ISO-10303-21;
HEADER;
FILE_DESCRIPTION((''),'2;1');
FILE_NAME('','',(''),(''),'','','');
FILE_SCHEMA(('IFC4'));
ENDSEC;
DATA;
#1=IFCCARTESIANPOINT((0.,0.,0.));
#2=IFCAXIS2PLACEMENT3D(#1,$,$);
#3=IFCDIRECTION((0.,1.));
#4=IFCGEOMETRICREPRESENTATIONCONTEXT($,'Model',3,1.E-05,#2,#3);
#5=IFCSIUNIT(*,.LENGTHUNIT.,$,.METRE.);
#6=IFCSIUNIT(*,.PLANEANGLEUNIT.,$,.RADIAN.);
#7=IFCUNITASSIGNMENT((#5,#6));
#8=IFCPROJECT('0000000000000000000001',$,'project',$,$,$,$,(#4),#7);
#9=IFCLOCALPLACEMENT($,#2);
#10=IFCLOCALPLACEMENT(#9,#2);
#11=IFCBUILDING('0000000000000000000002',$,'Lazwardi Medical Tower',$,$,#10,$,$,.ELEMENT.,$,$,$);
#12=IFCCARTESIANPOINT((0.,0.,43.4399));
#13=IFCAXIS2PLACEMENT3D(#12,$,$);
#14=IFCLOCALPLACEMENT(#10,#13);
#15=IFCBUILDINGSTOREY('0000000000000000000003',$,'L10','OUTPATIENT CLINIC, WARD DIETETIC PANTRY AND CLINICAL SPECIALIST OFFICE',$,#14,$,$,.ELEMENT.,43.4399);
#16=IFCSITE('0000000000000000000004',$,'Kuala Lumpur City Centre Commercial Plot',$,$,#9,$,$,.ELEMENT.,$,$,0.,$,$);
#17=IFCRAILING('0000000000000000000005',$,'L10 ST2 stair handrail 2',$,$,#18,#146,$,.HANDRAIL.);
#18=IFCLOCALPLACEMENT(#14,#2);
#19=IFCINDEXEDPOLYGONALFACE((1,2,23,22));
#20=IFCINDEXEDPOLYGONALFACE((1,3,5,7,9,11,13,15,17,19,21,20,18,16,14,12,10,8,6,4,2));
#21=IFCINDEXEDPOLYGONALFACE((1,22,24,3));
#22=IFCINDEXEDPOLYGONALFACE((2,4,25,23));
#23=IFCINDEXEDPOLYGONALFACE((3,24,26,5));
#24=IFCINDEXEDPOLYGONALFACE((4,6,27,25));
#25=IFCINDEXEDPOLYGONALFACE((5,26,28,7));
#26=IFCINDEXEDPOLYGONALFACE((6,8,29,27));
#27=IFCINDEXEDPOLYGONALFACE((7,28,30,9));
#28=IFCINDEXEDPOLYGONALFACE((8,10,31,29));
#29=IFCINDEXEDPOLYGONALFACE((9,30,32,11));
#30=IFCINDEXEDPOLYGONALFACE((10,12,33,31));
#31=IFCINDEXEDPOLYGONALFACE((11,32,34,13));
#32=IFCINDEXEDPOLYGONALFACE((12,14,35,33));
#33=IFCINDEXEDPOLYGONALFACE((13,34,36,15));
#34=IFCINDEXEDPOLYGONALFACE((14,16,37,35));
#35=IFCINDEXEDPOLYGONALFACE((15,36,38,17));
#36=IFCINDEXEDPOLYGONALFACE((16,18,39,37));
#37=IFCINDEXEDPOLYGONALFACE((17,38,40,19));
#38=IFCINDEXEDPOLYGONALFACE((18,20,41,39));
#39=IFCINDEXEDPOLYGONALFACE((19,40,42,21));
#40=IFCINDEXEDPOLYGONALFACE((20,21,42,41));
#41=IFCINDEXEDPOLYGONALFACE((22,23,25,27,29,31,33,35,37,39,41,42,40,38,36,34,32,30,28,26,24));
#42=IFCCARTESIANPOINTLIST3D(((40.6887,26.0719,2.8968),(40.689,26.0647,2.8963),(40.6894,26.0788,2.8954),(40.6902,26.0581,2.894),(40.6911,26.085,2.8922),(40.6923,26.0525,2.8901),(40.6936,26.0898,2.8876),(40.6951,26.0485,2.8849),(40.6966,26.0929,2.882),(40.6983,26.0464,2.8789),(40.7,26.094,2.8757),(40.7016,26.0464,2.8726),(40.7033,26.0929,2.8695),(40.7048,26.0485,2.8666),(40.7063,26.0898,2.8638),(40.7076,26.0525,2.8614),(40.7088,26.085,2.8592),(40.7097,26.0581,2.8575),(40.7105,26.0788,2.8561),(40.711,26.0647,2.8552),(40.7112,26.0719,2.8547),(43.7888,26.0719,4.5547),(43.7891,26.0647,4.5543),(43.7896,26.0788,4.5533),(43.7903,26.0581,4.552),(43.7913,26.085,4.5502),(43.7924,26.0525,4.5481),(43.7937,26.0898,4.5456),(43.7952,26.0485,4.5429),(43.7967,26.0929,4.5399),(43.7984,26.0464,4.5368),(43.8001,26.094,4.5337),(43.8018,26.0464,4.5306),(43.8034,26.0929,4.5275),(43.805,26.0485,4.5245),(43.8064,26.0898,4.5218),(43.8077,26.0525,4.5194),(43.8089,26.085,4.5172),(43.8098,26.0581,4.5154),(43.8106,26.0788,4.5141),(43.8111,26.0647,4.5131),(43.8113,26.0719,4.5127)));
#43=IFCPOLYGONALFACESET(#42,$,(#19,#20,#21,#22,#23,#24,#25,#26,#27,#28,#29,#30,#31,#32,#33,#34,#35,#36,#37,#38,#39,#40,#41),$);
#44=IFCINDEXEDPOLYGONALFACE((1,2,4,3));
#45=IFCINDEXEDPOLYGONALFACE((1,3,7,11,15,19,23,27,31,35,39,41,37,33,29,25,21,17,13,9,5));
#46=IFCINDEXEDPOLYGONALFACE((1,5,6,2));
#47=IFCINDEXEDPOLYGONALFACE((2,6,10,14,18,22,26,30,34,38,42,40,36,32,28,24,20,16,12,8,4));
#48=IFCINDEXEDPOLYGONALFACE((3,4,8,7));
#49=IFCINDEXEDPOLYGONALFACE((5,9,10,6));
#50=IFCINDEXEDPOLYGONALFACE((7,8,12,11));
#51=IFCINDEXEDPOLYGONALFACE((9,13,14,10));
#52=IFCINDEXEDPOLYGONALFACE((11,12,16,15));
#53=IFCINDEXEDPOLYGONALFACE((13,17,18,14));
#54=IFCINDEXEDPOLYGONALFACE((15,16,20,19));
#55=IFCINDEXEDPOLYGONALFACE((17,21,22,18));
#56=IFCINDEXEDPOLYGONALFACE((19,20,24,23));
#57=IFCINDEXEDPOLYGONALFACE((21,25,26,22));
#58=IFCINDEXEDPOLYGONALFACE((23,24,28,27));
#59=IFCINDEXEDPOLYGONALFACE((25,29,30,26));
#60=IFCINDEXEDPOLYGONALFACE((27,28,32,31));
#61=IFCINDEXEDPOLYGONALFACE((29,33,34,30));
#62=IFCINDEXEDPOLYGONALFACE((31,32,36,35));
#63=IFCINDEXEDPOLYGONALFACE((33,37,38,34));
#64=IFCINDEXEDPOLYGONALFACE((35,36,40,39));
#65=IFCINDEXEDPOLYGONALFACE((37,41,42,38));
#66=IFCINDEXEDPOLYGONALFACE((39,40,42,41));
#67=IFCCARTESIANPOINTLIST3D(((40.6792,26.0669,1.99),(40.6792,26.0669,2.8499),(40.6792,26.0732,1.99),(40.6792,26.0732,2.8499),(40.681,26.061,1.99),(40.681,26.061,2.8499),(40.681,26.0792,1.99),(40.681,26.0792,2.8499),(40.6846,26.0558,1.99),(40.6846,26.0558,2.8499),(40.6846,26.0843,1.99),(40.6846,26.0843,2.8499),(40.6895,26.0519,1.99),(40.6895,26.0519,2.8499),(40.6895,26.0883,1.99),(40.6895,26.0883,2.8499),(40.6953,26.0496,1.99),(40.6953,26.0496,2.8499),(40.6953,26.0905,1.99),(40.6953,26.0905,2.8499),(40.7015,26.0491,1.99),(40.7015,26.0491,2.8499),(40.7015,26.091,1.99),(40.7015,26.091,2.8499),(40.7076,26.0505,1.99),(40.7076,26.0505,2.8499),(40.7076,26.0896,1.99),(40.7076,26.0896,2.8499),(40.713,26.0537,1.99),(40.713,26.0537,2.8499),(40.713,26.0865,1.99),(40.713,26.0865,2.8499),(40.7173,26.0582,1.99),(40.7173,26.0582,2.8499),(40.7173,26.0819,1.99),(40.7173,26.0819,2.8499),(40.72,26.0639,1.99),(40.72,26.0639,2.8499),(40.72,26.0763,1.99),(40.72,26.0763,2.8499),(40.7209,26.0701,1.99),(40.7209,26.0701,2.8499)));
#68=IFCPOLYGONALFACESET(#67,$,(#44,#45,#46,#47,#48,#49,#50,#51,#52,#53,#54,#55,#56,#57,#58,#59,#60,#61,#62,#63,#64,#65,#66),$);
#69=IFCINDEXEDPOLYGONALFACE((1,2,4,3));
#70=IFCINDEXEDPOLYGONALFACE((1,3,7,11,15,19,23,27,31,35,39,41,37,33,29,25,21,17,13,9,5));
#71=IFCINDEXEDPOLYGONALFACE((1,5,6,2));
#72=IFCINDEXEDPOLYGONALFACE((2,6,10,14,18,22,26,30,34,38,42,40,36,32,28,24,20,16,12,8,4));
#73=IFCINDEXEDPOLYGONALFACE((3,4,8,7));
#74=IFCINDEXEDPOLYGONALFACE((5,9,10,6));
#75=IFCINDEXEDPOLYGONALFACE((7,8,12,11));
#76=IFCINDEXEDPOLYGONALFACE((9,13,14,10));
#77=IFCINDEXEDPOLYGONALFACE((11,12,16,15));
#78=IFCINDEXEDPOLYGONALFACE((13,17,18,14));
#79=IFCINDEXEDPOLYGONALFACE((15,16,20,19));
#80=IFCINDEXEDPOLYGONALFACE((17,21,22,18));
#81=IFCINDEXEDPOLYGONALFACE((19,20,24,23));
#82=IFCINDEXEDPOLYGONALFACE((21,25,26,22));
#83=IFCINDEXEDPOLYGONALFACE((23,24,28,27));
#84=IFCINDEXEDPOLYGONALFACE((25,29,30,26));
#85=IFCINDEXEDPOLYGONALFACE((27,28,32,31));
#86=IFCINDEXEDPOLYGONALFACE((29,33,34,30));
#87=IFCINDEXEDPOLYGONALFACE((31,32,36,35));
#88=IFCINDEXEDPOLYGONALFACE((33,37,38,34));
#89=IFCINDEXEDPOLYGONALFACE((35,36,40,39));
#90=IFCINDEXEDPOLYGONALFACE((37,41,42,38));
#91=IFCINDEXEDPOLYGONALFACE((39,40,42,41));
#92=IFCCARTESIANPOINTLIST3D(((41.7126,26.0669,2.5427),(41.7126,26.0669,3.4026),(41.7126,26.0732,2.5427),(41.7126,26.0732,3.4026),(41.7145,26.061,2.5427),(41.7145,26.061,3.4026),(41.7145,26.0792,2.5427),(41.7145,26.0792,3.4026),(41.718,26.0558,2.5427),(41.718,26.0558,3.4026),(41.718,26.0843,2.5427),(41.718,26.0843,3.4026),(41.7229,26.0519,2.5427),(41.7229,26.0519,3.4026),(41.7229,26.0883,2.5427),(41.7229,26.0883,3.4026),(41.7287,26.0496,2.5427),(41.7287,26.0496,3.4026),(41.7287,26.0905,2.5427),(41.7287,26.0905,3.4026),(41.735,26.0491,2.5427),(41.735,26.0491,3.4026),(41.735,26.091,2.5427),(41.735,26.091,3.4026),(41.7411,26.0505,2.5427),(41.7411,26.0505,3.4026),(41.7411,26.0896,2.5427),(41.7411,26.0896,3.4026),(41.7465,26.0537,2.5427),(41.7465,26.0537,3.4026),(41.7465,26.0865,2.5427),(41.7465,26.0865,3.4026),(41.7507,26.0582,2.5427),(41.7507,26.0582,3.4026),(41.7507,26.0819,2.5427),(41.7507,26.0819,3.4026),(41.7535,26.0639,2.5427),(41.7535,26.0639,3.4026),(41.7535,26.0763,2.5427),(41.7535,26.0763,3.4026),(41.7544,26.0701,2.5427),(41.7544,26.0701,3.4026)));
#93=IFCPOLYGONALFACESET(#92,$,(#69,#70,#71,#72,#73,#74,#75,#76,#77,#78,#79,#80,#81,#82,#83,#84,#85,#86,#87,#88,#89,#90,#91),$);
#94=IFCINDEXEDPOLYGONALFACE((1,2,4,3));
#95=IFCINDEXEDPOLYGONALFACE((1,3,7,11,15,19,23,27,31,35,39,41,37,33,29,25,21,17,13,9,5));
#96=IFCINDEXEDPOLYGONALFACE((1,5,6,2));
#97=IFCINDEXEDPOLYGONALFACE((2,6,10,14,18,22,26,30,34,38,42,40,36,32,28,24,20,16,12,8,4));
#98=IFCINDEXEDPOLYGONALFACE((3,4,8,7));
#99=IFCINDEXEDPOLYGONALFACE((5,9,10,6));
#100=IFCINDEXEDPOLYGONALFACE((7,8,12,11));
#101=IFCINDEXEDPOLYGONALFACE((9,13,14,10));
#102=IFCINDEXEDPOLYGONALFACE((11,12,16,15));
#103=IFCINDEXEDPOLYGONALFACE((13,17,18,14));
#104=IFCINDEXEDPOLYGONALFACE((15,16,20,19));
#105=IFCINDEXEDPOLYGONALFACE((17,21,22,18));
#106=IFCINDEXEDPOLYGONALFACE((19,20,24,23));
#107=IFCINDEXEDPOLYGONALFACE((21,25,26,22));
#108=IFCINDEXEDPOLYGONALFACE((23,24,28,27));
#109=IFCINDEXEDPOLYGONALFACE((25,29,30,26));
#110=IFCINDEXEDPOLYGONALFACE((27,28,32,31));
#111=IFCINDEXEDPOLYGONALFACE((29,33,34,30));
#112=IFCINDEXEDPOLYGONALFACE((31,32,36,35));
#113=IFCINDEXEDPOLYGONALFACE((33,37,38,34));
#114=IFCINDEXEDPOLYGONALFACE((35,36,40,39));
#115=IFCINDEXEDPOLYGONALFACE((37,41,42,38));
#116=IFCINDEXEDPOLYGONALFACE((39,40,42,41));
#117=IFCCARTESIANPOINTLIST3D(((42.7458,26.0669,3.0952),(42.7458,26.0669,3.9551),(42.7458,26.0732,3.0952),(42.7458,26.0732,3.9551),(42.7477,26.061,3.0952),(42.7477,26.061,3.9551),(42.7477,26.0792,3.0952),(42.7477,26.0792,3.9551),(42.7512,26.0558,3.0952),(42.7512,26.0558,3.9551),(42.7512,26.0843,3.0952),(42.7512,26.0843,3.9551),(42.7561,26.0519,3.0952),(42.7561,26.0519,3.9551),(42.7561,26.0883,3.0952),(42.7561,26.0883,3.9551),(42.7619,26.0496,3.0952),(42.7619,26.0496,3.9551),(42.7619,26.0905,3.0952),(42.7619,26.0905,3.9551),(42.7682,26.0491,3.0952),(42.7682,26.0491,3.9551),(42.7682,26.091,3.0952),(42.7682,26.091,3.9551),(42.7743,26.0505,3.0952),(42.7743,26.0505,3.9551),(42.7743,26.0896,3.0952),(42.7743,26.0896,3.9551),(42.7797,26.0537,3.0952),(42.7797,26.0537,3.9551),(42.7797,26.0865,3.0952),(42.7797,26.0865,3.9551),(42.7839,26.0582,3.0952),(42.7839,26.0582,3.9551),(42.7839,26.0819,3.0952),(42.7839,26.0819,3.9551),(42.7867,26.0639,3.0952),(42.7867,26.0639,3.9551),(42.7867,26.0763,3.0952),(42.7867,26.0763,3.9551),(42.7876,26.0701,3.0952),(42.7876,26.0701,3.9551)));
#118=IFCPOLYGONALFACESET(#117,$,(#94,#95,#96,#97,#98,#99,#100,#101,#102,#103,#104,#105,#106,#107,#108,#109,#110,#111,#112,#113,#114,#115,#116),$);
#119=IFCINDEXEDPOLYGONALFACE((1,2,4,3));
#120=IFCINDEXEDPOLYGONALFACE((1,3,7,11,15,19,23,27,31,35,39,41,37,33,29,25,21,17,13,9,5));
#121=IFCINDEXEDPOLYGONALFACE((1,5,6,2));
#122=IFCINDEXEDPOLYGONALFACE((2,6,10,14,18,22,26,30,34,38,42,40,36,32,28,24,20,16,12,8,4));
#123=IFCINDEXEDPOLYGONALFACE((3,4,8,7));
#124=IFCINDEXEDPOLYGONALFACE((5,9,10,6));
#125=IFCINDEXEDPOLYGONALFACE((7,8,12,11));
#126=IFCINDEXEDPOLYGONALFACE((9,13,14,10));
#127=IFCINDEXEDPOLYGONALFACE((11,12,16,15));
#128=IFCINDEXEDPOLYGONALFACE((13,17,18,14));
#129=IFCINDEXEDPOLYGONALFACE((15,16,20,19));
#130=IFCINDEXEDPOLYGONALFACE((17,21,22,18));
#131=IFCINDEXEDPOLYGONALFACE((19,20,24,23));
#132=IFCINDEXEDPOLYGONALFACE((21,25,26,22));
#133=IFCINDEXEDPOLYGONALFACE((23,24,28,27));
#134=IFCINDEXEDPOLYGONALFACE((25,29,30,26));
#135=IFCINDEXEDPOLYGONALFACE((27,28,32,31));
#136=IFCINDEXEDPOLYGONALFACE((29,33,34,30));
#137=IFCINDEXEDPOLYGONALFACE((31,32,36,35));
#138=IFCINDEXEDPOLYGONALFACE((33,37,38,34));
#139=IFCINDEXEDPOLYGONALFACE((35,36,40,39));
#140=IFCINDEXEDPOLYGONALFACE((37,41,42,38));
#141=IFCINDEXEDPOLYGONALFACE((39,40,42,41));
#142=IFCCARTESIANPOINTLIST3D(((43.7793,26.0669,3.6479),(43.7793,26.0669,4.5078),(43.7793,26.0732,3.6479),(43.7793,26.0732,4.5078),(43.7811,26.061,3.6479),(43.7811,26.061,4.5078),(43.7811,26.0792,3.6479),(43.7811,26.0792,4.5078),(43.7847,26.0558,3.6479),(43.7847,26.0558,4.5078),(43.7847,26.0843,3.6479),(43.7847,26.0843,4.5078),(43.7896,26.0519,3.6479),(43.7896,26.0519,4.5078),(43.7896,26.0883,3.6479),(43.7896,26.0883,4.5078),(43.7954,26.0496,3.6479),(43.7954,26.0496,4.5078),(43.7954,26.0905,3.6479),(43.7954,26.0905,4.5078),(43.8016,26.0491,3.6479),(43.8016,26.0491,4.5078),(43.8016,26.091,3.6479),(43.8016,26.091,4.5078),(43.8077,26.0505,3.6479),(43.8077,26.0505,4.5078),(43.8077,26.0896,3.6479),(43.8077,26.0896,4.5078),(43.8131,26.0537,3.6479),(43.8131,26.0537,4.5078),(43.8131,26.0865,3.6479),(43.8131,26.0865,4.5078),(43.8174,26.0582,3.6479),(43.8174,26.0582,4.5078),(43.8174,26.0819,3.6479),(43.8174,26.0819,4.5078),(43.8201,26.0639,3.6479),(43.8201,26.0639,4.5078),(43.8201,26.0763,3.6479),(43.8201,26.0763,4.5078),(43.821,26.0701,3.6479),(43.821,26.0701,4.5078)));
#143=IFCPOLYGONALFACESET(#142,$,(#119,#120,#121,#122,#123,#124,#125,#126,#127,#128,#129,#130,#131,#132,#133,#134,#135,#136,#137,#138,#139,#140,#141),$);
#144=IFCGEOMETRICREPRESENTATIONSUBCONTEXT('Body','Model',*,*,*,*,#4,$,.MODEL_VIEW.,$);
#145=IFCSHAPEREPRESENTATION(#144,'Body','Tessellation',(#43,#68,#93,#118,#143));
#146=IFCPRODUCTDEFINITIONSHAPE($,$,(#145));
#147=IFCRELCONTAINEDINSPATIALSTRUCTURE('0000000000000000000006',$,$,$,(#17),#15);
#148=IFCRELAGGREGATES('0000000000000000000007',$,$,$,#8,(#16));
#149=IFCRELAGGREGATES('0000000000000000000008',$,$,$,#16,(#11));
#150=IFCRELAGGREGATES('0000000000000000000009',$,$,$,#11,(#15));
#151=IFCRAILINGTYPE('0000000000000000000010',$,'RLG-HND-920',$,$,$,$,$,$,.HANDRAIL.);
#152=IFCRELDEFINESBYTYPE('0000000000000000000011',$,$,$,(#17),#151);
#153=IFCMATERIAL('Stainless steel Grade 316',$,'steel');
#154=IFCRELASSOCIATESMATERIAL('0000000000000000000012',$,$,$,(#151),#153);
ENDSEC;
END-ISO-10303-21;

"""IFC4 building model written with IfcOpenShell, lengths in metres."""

from ifc_helpers import new_model, si_unit, direction, frame, origin, origin_2d, place, context, subcontext, project, spatial, circle, extrude, material, type_object, element, save


model = new_model("IFC4")

# Units and contexts
model_context = context("Model", 3, precision=1e-05, world=origin(), true_north=direction((0.0, 1.0)))
body_context = subcontext(model_context, "Body", "Model", "MODEL_VIEW")
ifc_project = project(units=[si_unit("LENGTHUNIT", "METRE"), si_unit("PLANEANGLEUNIT", "RADIAN")], contexts=[model_context])

# Site, building, storey
site_placement = place(None, origin())
site = spatial("IfcSite", under=ifc_project, at=site_placement, Name="Kuala Lumpur City Centre Commercial Plot", CompositionType="ELEMENT", RefElevation=0.0)
building_placement = place(site_placement, origin())
building = spatial("IfcBuilding", under=site, at=building_placement, Name="Lazwardi Medical Tower", CompositionType="ELEMENT")
storey_placement = place(building_placement, frame((0.0, 0.0, 43.4399)))
storey = spatial("IfcBuildingStorey", under=building, at=storey_placement, Name="L10", Description="OUTPATIENT CLINIC, WARD DIETETIC PANTRY AND CLINICAL SPECIALIST OFFICE", CompositionType="ELEMENT", Elevation=43.4399)

# Railing
ifc_material_1 = material(Name="Stainless steel Grade 316", Category="steel")
railing_type = type_object("IfcRailingType", Name="RLG-HND-920", PredefinedType="HANDRAIL", material=ifc_material_1)
railing_placement = place(storey_placement, frame((40.7, 26.0701, 1.99)))
element("IfcRailing", 1, at=railing_placement, inside=storey, type_object=railing_type, Name="L10 ST2 stair handrail 2", PredefinedType="HANDRAIL", context=body_context, shape_type="SweptSolid", body=[
    extrude(circle(Radius=0.0239, at=origin_2d()), frame((0.0, 0.0, 0.8857), z_axis=(0.881812, 0.0, 0.471601), x_axis=(0.0, 1.0, 0.0)), (0.0, 0.0, 1.0), 3.5156),
    extrude(circle(Radius=0.021, at=origin_2d()), origin(), (0.0, 0.0, 1.0), 0.8599),
    extrude(circle(Radius=0.021, at=origin_2d()), frame((1.0334, 0.0, 0.5527)), (0.0, 0.0, 1.0), 0.8599),
    extrude(circle(Radius=0.021, at=origin_2d()), frame((2.0667, 0.0, 1.1052)), (0.0, 0.0, 1.0), 0.8599),
    extrude(circle(Radius=0.021, at=origin_2d()), frame((3.1001, 0.0, 1.658)), (0.0, 0.0, 1.0), 0.8599),
])

save(model, "model.ifc")
